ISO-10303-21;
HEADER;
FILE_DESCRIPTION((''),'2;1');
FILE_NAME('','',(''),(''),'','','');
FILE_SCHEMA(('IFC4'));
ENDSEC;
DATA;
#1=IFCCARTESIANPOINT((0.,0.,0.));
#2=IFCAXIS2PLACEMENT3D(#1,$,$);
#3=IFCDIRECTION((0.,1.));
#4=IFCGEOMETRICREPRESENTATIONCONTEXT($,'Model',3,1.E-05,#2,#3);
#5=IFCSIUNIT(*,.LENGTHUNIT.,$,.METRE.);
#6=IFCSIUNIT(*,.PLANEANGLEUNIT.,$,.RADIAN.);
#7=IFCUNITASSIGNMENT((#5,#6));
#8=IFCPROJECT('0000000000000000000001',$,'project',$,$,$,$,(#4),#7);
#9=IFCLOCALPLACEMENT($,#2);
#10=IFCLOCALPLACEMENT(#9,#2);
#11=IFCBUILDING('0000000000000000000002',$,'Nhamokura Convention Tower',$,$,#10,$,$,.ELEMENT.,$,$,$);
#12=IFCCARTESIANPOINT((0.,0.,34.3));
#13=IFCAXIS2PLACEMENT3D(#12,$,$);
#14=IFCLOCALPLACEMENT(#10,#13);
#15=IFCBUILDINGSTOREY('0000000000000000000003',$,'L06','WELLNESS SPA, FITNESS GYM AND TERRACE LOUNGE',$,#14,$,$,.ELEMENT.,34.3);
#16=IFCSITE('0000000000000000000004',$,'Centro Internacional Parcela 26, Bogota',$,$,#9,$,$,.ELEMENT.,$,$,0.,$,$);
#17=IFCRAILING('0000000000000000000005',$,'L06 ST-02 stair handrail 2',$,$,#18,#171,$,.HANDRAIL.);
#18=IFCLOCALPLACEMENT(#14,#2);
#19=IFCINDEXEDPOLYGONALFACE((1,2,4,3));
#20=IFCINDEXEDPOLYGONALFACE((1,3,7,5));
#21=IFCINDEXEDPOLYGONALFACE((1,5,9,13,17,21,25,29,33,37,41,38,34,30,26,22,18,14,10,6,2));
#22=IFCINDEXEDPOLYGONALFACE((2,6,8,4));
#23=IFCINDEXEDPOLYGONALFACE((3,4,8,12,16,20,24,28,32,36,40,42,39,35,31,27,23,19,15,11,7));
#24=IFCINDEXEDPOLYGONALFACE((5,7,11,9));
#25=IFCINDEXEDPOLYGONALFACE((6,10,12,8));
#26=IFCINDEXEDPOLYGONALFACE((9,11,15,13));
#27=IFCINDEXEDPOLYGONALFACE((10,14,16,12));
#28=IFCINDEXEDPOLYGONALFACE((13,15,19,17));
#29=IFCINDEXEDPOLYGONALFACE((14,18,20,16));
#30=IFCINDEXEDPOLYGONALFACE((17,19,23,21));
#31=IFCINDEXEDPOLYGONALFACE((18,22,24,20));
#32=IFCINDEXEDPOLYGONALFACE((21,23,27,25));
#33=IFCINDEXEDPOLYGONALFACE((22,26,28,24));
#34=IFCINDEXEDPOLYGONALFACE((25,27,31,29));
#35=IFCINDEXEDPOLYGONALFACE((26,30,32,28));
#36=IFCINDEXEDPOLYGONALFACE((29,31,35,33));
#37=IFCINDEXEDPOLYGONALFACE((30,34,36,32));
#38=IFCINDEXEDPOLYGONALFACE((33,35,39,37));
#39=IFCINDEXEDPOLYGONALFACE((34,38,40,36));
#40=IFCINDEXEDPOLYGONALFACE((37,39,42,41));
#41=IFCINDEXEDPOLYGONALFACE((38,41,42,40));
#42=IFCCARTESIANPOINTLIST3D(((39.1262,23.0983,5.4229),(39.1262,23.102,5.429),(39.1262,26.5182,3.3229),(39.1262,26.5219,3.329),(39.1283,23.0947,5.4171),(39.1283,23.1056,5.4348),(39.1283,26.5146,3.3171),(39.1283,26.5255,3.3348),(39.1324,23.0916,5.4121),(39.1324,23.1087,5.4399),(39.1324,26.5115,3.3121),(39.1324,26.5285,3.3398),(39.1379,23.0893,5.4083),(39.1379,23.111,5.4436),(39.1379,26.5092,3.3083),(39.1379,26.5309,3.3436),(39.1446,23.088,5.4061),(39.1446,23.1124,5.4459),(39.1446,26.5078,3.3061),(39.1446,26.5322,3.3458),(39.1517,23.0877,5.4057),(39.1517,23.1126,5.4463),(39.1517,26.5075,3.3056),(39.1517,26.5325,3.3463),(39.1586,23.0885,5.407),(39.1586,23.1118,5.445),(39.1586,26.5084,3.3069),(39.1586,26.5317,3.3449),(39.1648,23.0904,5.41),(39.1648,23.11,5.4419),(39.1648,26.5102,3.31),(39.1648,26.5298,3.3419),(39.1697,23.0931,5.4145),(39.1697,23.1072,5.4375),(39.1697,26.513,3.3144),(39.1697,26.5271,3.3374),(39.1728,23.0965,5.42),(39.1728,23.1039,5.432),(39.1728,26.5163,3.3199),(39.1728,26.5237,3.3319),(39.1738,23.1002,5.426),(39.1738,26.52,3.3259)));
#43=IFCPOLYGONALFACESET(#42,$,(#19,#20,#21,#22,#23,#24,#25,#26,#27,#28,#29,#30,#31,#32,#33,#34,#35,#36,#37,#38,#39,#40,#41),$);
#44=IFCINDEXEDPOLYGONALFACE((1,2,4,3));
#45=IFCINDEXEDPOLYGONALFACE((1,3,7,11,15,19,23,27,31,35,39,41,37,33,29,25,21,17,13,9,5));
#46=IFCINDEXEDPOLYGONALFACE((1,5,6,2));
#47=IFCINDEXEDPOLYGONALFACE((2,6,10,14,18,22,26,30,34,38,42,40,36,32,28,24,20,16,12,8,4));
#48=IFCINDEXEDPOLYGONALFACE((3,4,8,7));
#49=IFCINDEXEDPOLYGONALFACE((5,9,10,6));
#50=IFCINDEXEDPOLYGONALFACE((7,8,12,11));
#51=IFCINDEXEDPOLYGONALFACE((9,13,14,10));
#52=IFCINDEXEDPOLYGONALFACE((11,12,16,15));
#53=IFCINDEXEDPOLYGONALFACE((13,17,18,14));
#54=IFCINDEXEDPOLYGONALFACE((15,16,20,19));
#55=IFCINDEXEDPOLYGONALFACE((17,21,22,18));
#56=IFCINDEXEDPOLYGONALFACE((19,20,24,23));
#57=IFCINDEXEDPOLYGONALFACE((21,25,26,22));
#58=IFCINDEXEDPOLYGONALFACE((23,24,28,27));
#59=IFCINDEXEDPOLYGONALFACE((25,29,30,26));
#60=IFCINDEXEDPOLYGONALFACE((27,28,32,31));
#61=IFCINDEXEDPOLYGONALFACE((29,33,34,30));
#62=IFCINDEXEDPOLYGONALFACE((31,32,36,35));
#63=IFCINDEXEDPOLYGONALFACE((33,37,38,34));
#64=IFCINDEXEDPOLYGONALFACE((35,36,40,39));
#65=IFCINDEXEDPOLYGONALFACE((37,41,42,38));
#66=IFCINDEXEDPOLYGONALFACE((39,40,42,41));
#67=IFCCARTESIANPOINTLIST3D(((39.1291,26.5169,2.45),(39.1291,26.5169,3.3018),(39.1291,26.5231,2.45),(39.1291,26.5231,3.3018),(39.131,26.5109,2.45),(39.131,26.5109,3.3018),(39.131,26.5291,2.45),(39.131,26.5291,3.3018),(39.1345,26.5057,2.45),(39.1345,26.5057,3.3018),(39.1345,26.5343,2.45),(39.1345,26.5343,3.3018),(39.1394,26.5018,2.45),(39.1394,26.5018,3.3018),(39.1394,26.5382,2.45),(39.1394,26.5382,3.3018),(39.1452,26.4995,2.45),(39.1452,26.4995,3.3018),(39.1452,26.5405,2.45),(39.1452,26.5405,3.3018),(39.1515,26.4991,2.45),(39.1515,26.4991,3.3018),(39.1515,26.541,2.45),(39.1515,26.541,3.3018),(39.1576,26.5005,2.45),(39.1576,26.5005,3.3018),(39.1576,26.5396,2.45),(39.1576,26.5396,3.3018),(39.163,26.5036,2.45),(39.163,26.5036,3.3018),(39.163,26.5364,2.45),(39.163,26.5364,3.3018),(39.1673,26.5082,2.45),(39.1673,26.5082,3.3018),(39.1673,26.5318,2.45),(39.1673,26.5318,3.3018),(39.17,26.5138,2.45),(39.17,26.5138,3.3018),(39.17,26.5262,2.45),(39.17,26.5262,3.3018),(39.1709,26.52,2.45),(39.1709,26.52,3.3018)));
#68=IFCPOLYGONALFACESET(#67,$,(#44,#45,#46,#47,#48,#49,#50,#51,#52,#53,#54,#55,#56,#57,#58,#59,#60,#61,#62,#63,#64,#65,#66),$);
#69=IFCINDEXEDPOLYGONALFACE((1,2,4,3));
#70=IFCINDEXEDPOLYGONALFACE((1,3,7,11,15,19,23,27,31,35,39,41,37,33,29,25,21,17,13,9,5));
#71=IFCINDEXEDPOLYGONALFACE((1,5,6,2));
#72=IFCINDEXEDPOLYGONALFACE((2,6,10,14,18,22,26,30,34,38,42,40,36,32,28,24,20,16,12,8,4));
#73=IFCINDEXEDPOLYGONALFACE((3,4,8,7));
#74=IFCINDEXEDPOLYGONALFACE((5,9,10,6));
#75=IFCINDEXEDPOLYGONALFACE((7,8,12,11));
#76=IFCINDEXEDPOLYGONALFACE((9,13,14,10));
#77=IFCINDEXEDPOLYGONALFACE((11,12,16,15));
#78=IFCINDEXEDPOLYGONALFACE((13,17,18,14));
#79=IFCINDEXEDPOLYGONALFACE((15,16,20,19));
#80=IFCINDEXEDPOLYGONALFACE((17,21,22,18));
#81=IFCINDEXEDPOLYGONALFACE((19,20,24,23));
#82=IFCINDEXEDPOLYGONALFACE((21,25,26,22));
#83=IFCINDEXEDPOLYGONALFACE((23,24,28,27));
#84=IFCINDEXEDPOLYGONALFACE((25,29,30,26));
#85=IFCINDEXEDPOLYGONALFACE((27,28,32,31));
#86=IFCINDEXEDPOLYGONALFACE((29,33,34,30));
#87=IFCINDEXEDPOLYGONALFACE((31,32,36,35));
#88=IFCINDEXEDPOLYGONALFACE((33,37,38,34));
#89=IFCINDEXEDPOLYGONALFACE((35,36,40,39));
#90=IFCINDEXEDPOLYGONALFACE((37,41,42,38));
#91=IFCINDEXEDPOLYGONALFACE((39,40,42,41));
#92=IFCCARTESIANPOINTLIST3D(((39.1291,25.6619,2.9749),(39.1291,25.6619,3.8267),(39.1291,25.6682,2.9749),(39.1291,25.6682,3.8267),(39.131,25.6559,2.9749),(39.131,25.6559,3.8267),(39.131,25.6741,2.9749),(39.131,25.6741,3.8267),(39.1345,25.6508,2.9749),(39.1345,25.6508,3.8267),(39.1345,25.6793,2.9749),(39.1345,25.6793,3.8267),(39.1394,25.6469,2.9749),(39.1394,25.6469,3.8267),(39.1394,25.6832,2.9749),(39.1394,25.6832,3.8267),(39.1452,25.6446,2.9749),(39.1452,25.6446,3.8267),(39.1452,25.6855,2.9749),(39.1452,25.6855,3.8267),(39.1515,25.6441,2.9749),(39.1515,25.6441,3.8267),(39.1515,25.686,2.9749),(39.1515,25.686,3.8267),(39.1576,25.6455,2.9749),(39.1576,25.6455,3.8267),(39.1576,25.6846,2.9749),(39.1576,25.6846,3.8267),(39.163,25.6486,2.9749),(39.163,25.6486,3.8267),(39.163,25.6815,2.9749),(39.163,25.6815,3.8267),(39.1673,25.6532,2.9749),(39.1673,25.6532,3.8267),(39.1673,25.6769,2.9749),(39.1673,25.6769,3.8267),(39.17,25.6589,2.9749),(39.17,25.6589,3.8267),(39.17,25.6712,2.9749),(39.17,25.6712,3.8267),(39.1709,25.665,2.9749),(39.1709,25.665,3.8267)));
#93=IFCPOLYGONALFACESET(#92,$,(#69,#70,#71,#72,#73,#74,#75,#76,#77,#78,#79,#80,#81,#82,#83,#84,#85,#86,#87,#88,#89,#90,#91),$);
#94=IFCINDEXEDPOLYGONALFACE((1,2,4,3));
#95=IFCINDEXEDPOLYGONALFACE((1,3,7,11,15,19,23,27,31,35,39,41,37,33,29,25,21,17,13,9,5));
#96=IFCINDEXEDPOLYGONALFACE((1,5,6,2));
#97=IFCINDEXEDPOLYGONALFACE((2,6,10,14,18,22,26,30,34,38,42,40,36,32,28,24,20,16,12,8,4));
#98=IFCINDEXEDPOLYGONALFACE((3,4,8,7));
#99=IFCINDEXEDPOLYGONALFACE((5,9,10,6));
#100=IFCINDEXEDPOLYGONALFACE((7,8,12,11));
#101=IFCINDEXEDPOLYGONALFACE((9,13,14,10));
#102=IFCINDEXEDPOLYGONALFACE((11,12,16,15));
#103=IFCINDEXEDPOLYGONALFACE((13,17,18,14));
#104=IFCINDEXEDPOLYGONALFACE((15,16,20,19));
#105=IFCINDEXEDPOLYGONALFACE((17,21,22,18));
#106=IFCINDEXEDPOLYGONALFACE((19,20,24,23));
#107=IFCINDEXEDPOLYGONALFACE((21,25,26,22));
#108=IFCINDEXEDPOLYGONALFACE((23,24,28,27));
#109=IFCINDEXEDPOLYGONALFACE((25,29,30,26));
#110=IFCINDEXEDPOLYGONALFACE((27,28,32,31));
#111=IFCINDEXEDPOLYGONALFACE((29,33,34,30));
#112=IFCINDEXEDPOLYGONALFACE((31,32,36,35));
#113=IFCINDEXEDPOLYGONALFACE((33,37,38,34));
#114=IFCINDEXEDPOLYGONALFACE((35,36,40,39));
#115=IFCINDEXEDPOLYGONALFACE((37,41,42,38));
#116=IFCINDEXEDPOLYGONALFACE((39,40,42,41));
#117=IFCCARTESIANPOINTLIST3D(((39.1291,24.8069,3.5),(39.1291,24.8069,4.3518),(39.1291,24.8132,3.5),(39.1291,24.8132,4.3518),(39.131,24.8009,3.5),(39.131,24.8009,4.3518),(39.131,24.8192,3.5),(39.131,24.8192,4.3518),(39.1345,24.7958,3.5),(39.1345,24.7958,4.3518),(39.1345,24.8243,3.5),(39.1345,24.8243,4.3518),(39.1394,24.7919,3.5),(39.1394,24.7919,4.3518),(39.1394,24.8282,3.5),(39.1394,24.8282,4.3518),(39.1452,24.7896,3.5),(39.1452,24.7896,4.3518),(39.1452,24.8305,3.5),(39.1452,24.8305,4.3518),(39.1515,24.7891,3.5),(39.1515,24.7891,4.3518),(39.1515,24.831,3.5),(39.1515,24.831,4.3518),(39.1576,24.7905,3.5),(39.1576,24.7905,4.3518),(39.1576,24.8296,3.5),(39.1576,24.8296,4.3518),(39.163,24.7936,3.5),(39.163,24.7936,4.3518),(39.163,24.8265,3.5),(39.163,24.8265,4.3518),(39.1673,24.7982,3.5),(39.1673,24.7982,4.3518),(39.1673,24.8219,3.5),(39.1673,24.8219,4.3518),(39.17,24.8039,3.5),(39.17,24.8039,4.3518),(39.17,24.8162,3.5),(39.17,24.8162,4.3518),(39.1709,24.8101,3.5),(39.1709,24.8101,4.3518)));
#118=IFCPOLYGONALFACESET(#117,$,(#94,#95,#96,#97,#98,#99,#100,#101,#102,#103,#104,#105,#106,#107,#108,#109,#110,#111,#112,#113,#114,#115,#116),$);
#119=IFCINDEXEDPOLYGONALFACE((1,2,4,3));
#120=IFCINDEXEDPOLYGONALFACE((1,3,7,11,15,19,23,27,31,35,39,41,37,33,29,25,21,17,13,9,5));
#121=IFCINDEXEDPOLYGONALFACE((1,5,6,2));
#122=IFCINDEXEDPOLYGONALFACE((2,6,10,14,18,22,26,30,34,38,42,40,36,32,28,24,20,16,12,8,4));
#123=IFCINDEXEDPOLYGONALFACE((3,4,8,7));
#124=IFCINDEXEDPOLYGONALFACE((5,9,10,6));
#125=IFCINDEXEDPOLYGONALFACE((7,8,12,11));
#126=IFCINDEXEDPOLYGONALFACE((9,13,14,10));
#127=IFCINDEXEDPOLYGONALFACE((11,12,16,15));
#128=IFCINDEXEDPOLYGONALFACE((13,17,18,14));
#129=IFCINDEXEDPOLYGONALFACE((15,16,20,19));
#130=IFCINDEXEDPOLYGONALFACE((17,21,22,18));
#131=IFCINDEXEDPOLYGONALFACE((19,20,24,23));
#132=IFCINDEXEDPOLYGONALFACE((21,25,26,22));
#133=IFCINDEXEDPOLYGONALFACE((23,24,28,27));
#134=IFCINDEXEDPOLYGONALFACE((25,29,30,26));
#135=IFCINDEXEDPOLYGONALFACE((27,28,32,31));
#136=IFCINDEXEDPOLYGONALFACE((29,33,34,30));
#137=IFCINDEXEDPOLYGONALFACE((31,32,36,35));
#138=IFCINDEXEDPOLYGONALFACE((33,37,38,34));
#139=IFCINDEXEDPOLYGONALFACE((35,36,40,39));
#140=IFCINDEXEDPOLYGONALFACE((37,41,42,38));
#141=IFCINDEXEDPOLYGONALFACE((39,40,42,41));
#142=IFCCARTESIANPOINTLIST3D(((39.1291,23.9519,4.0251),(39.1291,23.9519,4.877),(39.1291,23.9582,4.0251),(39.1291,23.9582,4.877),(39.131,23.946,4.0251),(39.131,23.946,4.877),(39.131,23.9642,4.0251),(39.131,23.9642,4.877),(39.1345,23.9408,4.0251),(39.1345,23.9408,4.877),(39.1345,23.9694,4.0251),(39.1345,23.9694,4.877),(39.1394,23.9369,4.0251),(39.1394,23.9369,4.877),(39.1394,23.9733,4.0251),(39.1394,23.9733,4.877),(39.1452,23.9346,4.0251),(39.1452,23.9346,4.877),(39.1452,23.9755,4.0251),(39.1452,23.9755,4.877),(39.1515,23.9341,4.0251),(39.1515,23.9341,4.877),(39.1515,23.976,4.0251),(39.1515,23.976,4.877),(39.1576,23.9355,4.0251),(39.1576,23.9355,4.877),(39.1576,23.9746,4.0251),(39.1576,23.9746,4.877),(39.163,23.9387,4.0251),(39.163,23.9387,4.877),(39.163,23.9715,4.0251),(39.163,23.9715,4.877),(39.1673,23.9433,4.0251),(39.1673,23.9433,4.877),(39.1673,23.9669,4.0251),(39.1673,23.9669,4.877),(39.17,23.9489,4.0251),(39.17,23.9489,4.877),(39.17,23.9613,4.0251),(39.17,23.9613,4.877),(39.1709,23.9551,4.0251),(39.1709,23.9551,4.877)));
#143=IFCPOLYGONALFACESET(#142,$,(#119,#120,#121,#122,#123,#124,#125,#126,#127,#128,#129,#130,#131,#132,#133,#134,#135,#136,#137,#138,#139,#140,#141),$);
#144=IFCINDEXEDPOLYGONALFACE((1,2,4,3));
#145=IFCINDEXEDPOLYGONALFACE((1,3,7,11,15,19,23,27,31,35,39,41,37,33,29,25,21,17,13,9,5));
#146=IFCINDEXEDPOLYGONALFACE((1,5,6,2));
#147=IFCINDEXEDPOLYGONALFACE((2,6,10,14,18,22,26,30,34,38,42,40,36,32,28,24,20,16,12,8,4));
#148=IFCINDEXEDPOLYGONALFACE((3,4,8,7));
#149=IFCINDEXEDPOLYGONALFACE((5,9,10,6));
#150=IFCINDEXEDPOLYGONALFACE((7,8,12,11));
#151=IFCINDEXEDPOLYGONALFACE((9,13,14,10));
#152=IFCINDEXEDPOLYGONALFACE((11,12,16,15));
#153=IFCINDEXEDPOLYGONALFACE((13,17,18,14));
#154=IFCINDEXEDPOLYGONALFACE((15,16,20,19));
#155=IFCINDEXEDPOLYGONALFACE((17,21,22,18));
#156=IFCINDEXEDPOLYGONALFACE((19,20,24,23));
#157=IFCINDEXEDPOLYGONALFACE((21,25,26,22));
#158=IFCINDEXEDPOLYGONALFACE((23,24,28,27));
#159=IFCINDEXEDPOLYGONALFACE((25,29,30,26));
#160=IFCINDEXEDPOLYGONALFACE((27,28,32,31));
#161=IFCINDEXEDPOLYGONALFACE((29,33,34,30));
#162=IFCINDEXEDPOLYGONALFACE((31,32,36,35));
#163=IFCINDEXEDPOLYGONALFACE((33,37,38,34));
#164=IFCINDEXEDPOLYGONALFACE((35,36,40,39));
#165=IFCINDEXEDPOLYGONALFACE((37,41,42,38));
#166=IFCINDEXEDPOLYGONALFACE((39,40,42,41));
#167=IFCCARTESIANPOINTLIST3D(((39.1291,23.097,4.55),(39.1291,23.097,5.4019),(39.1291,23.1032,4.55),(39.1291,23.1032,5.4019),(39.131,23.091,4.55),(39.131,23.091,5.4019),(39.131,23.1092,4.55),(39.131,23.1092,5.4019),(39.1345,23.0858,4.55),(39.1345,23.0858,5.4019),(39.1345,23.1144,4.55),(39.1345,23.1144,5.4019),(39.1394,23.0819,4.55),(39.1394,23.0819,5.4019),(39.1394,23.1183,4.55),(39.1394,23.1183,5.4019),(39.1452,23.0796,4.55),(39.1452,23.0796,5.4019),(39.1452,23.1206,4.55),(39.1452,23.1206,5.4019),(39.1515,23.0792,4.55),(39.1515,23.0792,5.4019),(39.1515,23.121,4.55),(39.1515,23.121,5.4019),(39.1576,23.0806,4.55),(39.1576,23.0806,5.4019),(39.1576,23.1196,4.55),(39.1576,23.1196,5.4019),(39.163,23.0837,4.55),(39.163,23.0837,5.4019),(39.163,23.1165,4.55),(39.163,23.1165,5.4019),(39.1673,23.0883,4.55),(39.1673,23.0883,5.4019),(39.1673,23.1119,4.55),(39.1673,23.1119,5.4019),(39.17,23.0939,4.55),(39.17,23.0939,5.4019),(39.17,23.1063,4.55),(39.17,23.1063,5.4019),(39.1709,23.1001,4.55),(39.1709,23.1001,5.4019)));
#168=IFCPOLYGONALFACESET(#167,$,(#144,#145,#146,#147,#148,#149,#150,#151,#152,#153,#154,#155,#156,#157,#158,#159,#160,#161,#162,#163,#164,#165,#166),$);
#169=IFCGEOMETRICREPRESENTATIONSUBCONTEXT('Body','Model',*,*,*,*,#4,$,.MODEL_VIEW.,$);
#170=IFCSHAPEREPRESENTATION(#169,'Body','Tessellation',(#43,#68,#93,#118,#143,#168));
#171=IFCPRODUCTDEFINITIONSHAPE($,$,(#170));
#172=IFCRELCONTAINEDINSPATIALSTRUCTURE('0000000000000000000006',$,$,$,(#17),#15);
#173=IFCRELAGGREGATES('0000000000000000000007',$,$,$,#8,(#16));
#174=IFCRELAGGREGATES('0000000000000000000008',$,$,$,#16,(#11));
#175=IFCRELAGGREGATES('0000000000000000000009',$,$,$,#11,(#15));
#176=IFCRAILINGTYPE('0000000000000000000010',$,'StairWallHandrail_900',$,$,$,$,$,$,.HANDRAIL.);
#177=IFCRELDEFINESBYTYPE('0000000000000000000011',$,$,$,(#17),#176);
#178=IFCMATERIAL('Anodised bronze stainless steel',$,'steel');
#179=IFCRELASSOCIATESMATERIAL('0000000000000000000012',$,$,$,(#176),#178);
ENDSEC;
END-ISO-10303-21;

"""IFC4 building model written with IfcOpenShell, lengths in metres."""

from ifc_helpers import new_model, si_unit, direction, frame, origin, origin_2d, place, context, subcontext, project, spatial, circle, extrude, material, type_object, element, save


model = new_model("IFC4")

# Units and contexts
model_context = context("Model", 3, precision=1e-05, world=origin(), true_north=direction((0.0, 1.0)))
body_context = subcontext(model_context, "Body", "Model", "MODEL_VIEW")
ifc_project = project(units=[si_unit("LENGTHUNIT", "METRE"), si_unit("PLANEANGLEUNIT", "RADIAN")], contexts=[model_context])

# Site, building, storey
site_placement = place(None, origin())
site = spatial("IfcSite", under=ifc_project, at=site_placement, Name="Centro Internacional Parcela 26, Bogota", CompositionType="ELEMENT", RefElevation=0.0)
building_placement = place(site_placement, origin())
building = spatial("IfcBuilding", under=site, at=building_placement, Name="Nhamokura Convention Tower", CompositionType="ELEMENT")
storey_placement = place(building_placement, frame((0.0, 0.0, 34.3)))
storey = spatial("IfcBuildingStorey", under=building, at=storey_placement, Name="L06", Description="WELLNESS SPA, FITNESS GYM AND TERRACE LOUNGE", CompositionType="ELEMENT", Elevation=34.3)

# Railing
ifc_material_1 = material(Name="Anodised bronze stainless steel", Category="steel")
railing_type_1 = type_object("IfcRailingType", Name="StairWallHandrail_900", PredefinedType="HANDRAIL", material=ifc_material_1)
railing_1_placement = place(storey_placement, frame((39.1499, 26.52, 2.45)))
element("IfcRailing", 1, at=railing_1_placement, inside=storey, type_object=railing_type_1, Name="L06 ST-02 stair handrail 2", PredefinedType="HANDRAIL", context=body_context, shape_type="SweptSolid", body=[
    extrude(circle(Radius=0.0239, at=origin_2d()), frame((0.0, 0.0, 0.876), z_axis=(0.0, -0.852155, 0.523289), x_axis=(1.0, 0.0, 0.0)), (0.0, 0.0, 1.0), 4.0132),
    extrude(circle(Radius=0.021, at=origin_2d()), origin(), (0.0, 0.0, 1.0), 0.8518),
    extrude(circle(Radius=0.021, at=origin_2d()), frame((0.0, -0.855, 0.5249)), (0.0, 0.0, 1.0), 0.8518),
    extrude(circle(Radius=0.021, at=origin_2d()), frame((0.0, -1.71, 1.05)), (0.0, 0.0, 1.0), 0.8518),
    extrude(circle(Radius=0.021, at=origin_2d()), frame((0.0, -2.5649, 1.5752)), (0.0, 0.0, 1.0), 0.8518),
    extrude(circle(Radius=0.021, at=origin_2d()), frame((0.0, -3.4199, 2.1001)), (0.0, 0.0, 1.0), 0.8518),
])

save(model, "model.ifc")
